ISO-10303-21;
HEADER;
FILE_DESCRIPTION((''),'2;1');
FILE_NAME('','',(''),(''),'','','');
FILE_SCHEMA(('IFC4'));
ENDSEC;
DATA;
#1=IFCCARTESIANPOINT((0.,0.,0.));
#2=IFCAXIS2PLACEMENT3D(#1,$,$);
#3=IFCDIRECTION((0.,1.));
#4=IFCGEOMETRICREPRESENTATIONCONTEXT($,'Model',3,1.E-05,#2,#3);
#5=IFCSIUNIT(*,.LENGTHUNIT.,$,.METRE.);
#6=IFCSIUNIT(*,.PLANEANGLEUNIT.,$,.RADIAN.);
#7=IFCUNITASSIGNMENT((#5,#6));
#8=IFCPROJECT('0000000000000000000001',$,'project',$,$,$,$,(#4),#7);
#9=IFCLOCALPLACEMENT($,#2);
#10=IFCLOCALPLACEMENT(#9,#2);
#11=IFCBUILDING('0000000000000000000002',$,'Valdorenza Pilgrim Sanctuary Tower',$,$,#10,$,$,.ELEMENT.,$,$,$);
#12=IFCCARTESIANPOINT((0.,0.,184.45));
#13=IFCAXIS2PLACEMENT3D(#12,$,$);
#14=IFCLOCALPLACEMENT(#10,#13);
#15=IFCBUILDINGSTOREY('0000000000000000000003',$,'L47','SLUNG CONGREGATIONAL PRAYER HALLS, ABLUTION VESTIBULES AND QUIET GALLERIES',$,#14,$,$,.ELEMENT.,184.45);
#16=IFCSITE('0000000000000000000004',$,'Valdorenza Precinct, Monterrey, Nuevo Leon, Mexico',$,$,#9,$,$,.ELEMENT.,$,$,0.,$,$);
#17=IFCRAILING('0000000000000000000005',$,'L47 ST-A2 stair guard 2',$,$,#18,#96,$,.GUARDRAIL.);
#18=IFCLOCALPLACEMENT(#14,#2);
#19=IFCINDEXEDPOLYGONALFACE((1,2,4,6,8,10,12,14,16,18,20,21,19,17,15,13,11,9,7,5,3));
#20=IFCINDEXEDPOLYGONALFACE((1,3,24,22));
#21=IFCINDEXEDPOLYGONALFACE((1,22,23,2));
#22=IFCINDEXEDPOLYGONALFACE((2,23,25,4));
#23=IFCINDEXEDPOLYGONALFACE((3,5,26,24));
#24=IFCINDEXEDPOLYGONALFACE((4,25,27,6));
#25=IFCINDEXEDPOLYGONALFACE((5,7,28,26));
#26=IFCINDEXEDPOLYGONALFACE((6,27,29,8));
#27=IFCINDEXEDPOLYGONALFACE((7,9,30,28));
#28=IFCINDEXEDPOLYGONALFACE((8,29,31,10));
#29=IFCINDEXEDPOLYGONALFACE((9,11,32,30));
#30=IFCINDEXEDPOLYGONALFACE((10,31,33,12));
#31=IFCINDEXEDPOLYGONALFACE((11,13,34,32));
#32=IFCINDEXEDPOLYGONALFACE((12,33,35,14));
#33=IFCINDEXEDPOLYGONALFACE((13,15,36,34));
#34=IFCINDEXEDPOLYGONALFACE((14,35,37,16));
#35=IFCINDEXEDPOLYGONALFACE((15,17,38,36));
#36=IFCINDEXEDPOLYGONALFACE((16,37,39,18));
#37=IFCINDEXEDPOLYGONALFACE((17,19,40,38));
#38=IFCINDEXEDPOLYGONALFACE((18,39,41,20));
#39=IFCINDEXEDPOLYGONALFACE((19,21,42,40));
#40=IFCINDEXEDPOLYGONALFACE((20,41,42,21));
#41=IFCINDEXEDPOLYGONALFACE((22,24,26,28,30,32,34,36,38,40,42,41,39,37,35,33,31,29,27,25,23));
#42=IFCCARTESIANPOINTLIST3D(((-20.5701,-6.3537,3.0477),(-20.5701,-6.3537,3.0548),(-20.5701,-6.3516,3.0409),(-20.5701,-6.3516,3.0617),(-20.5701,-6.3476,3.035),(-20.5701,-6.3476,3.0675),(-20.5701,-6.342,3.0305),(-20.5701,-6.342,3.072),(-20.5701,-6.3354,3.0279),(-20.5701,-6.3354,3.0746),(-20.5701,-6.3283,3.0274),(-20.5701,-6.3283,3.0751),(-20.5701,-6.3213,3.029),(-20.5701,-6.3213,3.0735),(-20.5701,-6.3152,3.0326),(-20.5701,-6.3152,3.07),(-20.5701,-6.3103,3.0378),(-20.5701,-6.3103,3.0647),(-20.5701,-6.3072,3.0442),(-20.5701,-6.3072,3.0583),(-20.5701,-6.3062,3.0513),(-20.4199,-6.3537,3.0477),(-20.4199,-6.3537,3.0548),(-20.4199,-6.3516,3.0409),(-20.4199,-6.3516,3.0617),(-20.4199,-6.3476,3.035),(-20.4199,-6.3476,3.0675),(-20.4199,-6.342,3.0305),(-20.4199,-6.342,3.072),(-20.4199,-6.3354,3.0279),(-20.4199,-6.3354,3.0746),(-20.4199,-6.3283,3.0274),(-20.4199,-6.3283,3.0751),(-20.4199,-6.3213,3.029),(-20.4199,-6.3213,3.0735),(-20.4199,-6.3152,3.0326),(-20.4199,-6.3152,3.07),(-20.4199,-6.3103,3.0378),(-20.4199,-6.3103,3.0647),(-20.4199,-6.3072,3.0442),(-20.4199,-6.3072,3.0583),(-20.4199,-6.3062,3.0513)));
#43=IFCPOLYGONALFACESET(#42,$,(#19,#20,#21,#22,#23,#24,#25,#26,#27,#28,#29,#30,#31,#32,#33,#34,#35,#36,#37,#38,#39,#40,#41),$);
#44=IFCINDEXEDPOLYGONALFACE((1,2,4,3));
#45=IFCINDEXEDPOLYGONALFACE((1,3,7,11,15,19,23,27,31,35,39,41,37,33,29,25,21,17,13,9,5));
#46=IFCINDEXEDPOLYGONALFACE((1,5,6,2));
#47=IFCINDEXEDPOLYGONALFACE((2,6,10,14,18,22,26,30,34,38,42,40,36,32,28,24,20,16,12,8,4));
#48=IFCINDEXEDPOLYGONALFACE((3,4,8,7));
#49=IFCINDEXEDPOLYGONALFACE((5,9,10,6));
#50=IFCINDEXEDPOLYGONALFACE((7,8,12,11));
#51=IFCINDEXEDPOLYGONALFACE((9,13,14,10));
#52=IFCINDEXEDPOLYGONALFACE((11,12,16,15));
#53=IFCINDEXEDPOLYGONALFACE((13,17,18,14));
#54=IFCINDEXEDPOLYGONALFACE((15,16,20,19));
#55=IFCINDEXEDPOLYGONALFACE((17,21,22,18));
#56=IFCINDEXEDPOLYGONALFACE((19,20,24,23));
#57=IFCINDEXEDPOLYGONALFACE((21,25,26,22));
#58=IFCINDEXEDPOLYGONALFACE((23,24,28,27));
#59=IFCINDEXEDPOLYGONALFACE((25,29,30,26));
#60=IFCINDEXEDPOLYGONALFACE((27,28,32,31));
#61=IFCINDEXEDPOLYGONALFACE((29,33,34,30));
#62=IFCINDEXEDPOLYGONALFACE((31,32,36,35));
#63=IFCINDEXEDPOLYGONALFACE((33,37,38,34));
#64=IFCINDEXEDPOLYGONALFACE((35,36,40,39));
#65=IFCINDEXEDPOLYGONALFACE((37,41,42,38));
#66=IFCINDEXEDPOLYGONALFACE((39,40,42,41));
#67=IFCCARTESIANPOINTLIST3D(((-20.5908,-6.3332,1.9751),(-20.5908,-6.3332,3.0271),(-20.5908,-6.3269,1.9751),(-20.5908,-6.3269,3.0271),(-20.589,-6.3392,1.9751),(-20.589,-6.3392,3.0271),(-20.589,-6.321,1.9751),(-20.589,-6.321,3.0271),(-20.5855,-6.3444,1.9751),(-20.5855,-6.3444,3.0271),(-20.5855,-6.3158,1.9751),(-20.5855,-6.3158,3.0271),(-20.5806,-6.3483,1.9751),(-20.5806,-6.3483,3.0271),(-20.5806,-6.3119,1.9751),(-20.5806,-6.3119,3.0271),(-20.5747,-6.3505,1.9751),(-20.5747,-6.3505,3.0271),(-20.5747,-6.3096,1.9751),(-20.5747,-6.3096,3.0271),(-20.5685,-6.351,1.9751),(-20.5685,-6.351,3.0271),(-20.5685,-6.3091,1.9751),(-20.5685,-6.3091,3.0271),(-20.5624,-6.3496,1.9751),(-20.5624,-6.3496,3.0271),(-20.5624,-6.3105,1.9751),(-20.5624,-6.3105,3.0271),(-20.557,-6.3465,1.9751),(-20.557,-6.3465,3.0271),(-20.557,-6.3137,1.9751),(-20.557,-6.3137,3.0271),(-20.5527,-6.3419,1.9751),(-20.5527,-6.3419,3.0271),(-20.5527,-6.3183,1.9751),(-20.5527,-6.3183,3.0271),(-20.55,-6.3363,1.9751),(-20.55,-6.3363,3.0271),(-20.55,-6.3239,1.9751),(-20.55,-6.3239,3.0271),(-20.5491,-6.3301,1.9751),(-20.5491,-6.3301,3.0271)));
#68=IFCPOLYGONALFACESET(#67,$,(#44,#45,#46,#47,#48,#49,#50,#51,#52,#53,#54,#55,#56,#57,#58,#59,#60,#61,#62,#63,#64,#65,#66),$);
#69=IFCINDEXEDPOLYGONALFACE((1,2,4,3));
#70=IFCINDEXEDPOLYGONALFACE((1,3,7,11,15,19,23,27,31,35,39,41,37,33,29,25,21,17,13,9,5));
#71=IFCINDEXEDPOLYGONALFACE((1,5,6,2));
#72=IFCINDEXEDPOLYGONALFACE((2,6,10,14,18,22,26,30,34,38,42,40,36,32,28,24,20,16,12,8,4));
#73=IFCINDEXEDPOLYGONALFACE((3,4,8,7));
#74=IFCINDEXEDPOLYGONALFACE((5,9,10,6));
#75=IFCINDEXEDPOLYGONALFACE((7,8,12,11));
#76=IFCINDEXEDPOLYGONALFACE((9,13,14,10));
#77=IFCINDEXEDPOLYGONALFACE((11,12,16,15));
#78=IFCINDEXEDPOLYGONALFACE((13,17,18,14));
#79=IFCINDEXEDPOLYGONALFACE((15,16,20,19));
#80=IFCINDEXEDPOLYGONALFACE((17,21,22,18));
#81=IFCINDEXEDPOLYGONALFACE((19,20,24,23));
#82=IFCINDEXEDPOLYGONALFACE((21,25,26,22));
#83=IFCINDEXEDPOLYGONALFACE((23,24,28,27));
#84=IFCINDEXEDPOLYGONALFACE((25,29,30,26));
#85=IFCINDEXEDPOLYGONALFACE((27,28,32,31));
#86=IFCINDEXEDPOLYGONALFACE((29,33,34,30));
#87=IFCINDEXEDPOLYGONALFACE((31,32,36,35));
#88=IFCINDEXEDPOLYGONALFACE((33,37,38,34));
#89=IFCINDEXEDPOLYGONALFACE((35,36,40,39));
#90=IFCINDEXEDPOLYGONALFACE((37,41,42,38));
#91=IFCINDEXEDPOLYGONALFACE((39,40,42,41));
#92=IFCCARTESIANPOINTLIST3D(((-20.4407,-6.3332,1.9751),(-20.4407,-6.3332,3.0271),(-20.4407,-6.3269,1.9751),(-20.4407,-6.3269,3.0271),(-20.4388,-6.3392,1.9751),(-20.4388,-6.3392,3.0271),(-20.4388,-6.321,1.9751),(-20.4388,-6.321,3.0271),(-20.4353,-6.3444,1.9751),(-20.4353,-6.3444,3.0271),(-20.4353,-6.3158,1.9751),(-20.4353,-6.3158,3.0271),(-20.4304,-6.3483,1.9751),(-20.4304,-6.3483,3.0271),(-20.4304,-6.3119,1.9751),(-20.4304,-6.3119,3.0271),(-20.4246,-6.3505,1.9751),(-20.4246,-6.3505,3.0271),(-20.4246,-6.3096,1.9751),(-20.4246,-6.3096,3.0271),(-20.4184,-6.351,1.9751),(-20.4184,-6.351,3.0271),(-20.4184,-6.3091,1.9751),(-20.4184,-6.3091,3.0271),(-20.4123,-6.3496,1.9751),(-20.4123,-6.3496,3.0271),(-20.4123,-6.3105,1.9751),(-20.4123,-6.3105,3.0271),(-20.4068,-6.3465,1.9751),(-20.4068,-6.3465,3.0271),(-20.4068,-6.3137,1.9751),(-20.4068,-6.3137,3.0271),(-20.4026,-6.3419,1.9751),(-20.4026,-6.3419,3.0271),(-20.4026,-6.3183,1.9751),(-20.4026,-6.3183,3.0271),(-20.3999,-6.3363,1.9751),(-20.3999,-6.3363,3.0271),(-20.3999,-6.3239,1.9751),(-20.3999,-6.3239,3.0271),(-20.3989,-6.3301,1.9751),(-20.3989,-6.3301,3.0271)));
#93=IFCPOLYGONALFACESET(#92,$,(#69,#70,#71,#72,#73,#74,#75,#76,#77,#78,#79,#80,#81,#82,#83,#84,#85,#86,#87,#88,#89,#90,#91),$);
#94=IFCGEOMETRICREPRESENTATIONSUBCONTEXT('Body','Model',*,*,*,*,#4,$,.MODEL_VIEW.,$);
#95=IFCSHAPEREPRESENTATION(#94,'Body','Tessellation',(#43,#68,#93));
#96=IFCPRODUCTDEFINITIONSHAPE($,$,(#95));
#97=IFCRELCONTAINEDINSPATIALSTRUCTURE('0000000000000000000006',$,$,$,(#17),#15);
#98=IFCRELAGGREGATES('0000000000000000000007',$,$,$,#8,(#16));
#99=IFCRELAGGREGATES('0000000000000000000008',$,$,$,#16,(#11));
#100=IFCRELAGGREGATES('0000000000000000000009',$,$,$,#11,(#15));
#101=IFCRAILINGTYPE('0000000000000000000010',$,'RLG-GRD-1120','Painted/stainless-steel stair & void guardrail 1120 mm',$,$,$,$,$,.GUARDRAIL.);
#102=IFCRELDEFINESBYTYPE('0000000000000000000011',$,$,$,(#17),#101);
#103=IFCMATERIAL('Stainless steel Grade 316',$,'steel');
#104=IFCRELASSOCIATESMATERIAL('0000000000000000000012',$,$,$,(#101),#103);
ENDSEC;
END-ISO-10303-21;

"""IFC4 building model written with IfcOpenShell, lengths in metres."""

from ifc_helpers import new_model, si_unit, direction, frame, origin, origin_2d, place, context, subcontext, project, spatial, circle, extrude, material, type_object, element, save


model = new_model("IFC4")

# Units and contexts
model_context = context("Model", 3, precision=1e-05, world=origin(), true_north=direction((0.0, 1.0)))
body_context = subcontext(model_context, "Body", "Model", "MODEL_VIEW")
ifc_project = project(units=[si_unit("LENGTHUNIT", "METRE"), si_unit("PLANEANGLEUNIT", "RADIAN")], contexts=[model_context])

# Site, building, storey
site_placement = place(None, origin())
site = spatial("IfcSite", under=ifc_project, at=site_placement, Name="Valdorenza Precinct, Monterrey, Nuevo Leon, Mexico", CompositionType="ELEMENT", RefElevation=0.0)
building_placement = place(site_placement, origin())
building = spatial("IfcBuilding", under=site, at=building_placement, Name="Valdorenza Pilgrim Sanctuary Tower", CompositionType="ELEMENT")
storey_placement = place(building_placement, frame((0.0, 0.0, 184.45)))
storey = spatial("IfcBuildingStorey", under=building, at=storey_placement, Name="L47", Description="SLUNG CONGREGATIONAL PRAYER HALLS, ABLUTION VESTIBULES AND QUIET GALLERIES", CompositionType="ELEMENT", Elevation=184.45)

# Railing
ifc_material_1 = material(Name="Stainless steel Grade 316", Category="steel")
railing_type_1 = type_object("IfcRailingType", Name="RLG-GRD-1120", Description="Painted/stainless-steel stair & void guardrail 1120 mm", PredefinedType="GUARDRAIL", material=ifc_material_1)
railing_1_placement = place(storey_placement, frame((-20.5701, -6.3301, 1.9751)))
element("IfcRailing", 1, at=railing_1_placement, inside=storey, type_object=railing_type_1, Name="L47 ST-A2 stair guard 2", PredefinedType="GUARDRAIL", context=body_context, shape_type="SweptSolid", body=[
    extrude(circle(Radius=0.0239, at=origin_2d()), frame((0.0, 0.0, 1.0762), z_axis=(1.0, 0.0, 0.0), x_axis=(0.0, 1.0, 0.0)), (0.0, 0.0, 1.0), 0.1501),
    extrude(circle(Radius=0.021, at=origin_2d()), origin(), (0.0, 0.0, 1.0), 1.052),
    extrude(circle(Radius=0.021, at=origin_2d()), frame((0.1501, 0.0, 0.0)), (0.0, 0.0, 1.0), 1.052),
])

save(model, "model.ifc")
